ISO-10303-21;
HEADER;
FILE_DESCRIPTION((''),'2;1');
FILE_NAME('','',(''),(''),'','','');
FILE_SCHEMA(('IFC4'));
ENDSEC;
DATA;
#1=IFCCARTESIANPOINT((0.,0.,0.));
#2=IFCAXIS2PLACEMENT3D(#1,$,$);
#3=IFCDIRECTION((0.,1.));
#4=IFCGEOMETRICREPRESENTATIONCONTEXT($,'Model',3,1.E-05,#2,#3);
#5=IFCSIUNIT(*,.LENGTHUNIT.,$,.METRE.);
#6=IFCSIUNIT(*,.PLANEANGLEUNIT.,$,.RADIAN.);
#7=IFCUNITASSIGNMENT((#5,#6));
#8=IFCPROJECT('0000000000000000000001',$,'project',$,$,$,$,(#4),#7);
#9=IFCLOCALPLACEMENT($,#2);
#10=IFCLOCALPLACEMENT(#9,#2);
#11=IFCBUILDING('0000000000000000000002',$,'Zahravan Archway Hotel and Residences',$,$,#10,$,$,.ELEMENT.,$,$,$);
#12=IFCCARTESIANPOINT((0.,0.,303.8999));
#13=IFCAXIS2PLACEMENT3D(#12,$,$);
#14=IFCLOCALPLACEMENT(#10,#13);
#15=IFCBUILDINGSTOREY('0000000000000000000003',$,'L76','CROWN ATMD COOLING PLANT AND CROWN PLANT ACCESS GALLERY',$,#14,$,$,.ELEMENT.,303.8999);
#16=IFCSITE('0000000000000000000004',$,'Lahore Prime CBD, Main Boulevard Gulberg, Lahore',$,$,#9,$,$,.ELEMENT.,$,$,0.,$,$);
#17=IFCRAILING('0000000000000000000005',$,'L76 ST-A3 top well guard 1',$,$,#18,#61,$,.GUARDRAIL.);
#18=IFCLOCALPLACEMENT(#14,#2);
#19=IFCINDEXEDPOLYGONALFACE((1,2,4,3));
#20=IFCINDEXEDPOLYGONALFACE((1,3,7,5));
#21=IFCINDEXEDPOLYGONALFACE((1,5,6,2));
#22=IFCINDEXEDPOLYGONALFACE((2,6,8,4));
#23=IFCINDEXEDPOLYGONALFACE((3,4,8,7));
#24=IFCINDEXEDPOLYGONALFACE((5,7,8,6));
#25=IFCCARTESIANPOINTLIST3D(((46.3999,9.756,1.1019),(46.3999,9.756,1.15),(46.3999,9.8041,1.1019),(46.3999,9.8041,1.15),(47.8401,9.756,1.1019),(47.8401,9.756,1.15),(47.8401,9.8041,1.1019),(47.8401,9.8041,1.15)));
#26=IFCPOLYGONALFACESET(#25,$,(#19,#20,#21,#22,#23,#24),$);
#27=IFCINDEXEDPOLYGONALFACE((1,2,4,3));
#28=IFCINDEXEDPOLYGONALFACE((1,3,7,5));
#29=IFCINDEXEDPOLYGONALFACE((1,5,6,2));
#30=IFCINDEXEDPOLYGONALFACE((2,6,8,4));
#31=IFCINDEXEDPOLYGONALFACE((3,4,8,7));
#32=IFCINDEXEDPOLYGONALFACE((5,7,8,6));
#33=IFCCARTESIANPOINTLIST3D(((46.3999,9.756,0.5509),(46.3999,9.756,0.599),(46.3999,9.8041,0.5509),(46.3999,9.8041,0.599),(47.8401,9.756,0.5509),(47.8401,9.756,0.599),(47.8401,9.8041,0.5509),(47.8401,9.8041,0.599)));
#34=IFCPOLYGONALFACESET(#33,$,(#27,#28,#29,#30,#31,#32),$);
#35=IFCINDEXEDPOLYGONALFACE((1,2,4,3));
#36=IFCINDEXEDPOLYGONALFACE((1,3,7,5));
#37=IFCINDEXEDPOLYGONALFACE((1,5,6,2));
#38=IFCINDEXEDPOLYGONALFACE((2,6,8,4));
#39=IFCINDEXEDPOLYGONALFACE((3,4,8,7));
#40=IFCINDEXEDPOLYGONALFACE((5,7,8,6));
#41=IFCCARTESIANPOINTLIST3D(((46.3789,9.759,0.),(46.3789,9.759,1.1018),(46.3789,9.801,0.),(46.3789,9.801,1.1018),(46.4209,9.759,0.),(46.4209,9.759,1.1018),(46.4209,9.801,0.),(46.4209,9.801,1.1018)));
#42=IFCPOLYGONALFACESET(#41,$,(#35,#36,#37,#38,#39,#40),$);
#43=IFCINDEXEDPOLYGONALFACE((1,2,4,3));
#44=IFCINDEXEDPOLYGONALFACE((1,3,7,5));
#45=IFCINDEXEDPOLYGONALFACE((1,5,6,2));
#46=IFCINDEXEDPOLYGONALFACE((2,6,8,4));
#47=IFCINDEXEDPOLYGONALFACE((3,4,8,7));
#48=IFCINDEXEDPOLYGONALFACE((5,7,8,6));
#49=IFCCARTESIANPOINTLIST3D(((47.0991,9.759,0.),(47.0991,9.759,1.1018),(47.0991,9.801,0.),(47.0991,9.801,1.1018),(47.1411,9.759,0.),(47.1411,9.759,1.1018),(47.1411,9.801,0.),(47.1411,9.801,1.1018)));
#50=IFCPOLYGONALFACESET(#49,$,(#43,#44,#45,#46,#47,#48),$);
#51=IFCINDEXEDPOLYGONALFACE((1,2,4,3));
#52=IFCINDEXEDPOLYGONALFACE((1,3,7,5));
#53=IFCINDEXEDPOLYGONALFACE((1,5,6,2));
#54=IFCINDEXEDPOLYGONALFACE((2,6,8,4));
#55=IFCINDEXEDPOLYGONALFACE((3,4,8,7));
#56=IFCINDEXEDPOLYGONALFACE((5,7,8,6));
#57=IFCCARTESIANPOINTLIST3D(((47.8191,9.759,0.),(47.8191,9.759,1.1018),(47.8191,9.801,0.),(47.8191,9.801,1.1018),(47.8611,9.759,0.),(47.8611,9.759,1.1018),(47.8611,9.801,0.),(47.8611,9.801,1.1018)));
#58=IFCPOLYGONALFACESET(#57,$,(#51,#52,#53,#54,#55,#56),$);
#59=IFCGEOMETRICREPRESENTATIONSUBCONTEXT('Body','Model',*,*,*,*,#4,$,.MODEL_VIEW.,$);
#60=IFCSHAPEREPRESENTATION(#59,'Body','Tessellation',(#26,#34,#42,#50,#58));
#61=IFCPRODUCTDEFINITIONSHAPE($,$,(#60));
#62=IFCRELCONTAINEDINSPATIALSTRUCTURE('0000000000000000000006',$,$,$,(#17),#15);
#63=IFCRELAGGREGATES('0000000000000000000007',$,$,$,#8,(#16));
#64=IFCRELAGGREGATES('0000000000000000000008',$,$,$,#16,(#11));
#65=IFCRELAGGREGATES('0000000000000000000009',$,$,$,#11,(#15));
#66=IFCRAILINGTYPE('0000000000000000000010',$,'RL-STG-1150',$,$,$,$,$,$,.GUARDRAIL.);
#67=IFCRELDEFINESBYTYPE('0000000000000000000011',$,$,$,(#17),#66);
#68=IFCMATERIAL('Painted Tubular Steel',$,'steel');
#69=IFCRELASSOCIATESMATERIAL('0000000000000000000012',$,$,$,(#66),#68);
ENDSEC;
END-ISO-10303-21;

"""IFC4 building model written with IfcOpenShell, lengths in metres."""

from ifc_helpers import new_model, si_unit, direction, frame, origin, origin_2d, place, context, subcontext, project, spatial, rectangle, extrude, material, type_object, element, save


model = new_model("IFC4")

# Units and contexts
model_context = context("Model", 3, precision=1e-05, world=origin(), true_north=direction((0.0, 1.0)))
body_context = subcontext(model_context, "Body", "Model", "MODEL_VIEW")
ifc_project = project(units=[si_unit("LENGTHUNIT", "METRE"), si_unit("PLANEANGLEUNIT", "RADIAN")], contexts=[model_context])

# Site, building, storey
site_placement = place(None, origin())
site = spatial("IfcSite", under=ifc_project, at=site_placement, Name="Lahore Prime CBD, Main Boulevard Gulberg, Lahore", CompositionType="ELEMENT", RefElevation=0.0)
building_placement = place(site_placement, origin())
building = spatial("IfcBuilding", under=site, at=building_placement, Name="Zahravan Archway Hotel and Residences", CompositionType="ELEMENT")
storey_placement = place(building_placement, frame((0.0, 0.0, 303.8999)))
storey = spatial("IfcBuildingStorey", under=building, at=storey_placement, Name="L76", Description="CROWN ATMD COOLING PLANT AND CROWN PLANT ACCESS GALLERY", CompositionType="ELEMENT", Elevation=303.8999)

# Railing
ifc_material_1 = material(Name="Painted Tubular Steel", Category="steel")
railing_type = type_object("IfcRailingType", Name="RL-STG-1150", PredefinedType="GUARDRAIL", material=ifc_material_1)
railing_1_placement = place(storey_placement, frame((46.3999, 9.78, 0.0)))
element("IfcRailing", 1, at=railing_1_placement, inside=storey, type_object=railing_type, Name="L76 ST-A3 top well guard 1", PredefinedType="GUARDRAIL", context=body_context, shape_type="SweptSolid", body=[
    extrude(rectangle(XDim=0.0481, YDim=0.0481, at=origin_2d()), frame((0.0, 0.0, 1.126), z_axis=(1.0, 0.0, 0.0), x_axis=(0.0, 1.0, 0.0)), (0.0, 0.0, 1.0), 1.4402),
    extrude(rectangle(XDim=0.0481, YDim=0.0481, at=origin_2d()), frame((0.0, 0.0, 0.575), z_axis=(1.0, 0.0, 0.0), x_axis=(0.0, 1.0, 0.0)), (0.0, 0.0, 1.0), 1.4402),
    extrude(rectangle(XDim=0.042, YDim=0.042, at=origin_2d()), origin(), (0.0, 0.0, 1.0), 1.1018),
    extrude(rectangle(XDim=0.042, YDim=0.042, at=origin_2d()), frame((0.7202, 0.0, 0.0)), (0.0, 0.0, 1.0), 1.1018),
    extrude(rectangle(XDim=0.042, YDim=0.042, at=origin_2d()), frame((1.4402, 0.0, 0.0)), (0.0, 0.0, 1.0), 1.1018),
])

save(model, "model.ifc")
